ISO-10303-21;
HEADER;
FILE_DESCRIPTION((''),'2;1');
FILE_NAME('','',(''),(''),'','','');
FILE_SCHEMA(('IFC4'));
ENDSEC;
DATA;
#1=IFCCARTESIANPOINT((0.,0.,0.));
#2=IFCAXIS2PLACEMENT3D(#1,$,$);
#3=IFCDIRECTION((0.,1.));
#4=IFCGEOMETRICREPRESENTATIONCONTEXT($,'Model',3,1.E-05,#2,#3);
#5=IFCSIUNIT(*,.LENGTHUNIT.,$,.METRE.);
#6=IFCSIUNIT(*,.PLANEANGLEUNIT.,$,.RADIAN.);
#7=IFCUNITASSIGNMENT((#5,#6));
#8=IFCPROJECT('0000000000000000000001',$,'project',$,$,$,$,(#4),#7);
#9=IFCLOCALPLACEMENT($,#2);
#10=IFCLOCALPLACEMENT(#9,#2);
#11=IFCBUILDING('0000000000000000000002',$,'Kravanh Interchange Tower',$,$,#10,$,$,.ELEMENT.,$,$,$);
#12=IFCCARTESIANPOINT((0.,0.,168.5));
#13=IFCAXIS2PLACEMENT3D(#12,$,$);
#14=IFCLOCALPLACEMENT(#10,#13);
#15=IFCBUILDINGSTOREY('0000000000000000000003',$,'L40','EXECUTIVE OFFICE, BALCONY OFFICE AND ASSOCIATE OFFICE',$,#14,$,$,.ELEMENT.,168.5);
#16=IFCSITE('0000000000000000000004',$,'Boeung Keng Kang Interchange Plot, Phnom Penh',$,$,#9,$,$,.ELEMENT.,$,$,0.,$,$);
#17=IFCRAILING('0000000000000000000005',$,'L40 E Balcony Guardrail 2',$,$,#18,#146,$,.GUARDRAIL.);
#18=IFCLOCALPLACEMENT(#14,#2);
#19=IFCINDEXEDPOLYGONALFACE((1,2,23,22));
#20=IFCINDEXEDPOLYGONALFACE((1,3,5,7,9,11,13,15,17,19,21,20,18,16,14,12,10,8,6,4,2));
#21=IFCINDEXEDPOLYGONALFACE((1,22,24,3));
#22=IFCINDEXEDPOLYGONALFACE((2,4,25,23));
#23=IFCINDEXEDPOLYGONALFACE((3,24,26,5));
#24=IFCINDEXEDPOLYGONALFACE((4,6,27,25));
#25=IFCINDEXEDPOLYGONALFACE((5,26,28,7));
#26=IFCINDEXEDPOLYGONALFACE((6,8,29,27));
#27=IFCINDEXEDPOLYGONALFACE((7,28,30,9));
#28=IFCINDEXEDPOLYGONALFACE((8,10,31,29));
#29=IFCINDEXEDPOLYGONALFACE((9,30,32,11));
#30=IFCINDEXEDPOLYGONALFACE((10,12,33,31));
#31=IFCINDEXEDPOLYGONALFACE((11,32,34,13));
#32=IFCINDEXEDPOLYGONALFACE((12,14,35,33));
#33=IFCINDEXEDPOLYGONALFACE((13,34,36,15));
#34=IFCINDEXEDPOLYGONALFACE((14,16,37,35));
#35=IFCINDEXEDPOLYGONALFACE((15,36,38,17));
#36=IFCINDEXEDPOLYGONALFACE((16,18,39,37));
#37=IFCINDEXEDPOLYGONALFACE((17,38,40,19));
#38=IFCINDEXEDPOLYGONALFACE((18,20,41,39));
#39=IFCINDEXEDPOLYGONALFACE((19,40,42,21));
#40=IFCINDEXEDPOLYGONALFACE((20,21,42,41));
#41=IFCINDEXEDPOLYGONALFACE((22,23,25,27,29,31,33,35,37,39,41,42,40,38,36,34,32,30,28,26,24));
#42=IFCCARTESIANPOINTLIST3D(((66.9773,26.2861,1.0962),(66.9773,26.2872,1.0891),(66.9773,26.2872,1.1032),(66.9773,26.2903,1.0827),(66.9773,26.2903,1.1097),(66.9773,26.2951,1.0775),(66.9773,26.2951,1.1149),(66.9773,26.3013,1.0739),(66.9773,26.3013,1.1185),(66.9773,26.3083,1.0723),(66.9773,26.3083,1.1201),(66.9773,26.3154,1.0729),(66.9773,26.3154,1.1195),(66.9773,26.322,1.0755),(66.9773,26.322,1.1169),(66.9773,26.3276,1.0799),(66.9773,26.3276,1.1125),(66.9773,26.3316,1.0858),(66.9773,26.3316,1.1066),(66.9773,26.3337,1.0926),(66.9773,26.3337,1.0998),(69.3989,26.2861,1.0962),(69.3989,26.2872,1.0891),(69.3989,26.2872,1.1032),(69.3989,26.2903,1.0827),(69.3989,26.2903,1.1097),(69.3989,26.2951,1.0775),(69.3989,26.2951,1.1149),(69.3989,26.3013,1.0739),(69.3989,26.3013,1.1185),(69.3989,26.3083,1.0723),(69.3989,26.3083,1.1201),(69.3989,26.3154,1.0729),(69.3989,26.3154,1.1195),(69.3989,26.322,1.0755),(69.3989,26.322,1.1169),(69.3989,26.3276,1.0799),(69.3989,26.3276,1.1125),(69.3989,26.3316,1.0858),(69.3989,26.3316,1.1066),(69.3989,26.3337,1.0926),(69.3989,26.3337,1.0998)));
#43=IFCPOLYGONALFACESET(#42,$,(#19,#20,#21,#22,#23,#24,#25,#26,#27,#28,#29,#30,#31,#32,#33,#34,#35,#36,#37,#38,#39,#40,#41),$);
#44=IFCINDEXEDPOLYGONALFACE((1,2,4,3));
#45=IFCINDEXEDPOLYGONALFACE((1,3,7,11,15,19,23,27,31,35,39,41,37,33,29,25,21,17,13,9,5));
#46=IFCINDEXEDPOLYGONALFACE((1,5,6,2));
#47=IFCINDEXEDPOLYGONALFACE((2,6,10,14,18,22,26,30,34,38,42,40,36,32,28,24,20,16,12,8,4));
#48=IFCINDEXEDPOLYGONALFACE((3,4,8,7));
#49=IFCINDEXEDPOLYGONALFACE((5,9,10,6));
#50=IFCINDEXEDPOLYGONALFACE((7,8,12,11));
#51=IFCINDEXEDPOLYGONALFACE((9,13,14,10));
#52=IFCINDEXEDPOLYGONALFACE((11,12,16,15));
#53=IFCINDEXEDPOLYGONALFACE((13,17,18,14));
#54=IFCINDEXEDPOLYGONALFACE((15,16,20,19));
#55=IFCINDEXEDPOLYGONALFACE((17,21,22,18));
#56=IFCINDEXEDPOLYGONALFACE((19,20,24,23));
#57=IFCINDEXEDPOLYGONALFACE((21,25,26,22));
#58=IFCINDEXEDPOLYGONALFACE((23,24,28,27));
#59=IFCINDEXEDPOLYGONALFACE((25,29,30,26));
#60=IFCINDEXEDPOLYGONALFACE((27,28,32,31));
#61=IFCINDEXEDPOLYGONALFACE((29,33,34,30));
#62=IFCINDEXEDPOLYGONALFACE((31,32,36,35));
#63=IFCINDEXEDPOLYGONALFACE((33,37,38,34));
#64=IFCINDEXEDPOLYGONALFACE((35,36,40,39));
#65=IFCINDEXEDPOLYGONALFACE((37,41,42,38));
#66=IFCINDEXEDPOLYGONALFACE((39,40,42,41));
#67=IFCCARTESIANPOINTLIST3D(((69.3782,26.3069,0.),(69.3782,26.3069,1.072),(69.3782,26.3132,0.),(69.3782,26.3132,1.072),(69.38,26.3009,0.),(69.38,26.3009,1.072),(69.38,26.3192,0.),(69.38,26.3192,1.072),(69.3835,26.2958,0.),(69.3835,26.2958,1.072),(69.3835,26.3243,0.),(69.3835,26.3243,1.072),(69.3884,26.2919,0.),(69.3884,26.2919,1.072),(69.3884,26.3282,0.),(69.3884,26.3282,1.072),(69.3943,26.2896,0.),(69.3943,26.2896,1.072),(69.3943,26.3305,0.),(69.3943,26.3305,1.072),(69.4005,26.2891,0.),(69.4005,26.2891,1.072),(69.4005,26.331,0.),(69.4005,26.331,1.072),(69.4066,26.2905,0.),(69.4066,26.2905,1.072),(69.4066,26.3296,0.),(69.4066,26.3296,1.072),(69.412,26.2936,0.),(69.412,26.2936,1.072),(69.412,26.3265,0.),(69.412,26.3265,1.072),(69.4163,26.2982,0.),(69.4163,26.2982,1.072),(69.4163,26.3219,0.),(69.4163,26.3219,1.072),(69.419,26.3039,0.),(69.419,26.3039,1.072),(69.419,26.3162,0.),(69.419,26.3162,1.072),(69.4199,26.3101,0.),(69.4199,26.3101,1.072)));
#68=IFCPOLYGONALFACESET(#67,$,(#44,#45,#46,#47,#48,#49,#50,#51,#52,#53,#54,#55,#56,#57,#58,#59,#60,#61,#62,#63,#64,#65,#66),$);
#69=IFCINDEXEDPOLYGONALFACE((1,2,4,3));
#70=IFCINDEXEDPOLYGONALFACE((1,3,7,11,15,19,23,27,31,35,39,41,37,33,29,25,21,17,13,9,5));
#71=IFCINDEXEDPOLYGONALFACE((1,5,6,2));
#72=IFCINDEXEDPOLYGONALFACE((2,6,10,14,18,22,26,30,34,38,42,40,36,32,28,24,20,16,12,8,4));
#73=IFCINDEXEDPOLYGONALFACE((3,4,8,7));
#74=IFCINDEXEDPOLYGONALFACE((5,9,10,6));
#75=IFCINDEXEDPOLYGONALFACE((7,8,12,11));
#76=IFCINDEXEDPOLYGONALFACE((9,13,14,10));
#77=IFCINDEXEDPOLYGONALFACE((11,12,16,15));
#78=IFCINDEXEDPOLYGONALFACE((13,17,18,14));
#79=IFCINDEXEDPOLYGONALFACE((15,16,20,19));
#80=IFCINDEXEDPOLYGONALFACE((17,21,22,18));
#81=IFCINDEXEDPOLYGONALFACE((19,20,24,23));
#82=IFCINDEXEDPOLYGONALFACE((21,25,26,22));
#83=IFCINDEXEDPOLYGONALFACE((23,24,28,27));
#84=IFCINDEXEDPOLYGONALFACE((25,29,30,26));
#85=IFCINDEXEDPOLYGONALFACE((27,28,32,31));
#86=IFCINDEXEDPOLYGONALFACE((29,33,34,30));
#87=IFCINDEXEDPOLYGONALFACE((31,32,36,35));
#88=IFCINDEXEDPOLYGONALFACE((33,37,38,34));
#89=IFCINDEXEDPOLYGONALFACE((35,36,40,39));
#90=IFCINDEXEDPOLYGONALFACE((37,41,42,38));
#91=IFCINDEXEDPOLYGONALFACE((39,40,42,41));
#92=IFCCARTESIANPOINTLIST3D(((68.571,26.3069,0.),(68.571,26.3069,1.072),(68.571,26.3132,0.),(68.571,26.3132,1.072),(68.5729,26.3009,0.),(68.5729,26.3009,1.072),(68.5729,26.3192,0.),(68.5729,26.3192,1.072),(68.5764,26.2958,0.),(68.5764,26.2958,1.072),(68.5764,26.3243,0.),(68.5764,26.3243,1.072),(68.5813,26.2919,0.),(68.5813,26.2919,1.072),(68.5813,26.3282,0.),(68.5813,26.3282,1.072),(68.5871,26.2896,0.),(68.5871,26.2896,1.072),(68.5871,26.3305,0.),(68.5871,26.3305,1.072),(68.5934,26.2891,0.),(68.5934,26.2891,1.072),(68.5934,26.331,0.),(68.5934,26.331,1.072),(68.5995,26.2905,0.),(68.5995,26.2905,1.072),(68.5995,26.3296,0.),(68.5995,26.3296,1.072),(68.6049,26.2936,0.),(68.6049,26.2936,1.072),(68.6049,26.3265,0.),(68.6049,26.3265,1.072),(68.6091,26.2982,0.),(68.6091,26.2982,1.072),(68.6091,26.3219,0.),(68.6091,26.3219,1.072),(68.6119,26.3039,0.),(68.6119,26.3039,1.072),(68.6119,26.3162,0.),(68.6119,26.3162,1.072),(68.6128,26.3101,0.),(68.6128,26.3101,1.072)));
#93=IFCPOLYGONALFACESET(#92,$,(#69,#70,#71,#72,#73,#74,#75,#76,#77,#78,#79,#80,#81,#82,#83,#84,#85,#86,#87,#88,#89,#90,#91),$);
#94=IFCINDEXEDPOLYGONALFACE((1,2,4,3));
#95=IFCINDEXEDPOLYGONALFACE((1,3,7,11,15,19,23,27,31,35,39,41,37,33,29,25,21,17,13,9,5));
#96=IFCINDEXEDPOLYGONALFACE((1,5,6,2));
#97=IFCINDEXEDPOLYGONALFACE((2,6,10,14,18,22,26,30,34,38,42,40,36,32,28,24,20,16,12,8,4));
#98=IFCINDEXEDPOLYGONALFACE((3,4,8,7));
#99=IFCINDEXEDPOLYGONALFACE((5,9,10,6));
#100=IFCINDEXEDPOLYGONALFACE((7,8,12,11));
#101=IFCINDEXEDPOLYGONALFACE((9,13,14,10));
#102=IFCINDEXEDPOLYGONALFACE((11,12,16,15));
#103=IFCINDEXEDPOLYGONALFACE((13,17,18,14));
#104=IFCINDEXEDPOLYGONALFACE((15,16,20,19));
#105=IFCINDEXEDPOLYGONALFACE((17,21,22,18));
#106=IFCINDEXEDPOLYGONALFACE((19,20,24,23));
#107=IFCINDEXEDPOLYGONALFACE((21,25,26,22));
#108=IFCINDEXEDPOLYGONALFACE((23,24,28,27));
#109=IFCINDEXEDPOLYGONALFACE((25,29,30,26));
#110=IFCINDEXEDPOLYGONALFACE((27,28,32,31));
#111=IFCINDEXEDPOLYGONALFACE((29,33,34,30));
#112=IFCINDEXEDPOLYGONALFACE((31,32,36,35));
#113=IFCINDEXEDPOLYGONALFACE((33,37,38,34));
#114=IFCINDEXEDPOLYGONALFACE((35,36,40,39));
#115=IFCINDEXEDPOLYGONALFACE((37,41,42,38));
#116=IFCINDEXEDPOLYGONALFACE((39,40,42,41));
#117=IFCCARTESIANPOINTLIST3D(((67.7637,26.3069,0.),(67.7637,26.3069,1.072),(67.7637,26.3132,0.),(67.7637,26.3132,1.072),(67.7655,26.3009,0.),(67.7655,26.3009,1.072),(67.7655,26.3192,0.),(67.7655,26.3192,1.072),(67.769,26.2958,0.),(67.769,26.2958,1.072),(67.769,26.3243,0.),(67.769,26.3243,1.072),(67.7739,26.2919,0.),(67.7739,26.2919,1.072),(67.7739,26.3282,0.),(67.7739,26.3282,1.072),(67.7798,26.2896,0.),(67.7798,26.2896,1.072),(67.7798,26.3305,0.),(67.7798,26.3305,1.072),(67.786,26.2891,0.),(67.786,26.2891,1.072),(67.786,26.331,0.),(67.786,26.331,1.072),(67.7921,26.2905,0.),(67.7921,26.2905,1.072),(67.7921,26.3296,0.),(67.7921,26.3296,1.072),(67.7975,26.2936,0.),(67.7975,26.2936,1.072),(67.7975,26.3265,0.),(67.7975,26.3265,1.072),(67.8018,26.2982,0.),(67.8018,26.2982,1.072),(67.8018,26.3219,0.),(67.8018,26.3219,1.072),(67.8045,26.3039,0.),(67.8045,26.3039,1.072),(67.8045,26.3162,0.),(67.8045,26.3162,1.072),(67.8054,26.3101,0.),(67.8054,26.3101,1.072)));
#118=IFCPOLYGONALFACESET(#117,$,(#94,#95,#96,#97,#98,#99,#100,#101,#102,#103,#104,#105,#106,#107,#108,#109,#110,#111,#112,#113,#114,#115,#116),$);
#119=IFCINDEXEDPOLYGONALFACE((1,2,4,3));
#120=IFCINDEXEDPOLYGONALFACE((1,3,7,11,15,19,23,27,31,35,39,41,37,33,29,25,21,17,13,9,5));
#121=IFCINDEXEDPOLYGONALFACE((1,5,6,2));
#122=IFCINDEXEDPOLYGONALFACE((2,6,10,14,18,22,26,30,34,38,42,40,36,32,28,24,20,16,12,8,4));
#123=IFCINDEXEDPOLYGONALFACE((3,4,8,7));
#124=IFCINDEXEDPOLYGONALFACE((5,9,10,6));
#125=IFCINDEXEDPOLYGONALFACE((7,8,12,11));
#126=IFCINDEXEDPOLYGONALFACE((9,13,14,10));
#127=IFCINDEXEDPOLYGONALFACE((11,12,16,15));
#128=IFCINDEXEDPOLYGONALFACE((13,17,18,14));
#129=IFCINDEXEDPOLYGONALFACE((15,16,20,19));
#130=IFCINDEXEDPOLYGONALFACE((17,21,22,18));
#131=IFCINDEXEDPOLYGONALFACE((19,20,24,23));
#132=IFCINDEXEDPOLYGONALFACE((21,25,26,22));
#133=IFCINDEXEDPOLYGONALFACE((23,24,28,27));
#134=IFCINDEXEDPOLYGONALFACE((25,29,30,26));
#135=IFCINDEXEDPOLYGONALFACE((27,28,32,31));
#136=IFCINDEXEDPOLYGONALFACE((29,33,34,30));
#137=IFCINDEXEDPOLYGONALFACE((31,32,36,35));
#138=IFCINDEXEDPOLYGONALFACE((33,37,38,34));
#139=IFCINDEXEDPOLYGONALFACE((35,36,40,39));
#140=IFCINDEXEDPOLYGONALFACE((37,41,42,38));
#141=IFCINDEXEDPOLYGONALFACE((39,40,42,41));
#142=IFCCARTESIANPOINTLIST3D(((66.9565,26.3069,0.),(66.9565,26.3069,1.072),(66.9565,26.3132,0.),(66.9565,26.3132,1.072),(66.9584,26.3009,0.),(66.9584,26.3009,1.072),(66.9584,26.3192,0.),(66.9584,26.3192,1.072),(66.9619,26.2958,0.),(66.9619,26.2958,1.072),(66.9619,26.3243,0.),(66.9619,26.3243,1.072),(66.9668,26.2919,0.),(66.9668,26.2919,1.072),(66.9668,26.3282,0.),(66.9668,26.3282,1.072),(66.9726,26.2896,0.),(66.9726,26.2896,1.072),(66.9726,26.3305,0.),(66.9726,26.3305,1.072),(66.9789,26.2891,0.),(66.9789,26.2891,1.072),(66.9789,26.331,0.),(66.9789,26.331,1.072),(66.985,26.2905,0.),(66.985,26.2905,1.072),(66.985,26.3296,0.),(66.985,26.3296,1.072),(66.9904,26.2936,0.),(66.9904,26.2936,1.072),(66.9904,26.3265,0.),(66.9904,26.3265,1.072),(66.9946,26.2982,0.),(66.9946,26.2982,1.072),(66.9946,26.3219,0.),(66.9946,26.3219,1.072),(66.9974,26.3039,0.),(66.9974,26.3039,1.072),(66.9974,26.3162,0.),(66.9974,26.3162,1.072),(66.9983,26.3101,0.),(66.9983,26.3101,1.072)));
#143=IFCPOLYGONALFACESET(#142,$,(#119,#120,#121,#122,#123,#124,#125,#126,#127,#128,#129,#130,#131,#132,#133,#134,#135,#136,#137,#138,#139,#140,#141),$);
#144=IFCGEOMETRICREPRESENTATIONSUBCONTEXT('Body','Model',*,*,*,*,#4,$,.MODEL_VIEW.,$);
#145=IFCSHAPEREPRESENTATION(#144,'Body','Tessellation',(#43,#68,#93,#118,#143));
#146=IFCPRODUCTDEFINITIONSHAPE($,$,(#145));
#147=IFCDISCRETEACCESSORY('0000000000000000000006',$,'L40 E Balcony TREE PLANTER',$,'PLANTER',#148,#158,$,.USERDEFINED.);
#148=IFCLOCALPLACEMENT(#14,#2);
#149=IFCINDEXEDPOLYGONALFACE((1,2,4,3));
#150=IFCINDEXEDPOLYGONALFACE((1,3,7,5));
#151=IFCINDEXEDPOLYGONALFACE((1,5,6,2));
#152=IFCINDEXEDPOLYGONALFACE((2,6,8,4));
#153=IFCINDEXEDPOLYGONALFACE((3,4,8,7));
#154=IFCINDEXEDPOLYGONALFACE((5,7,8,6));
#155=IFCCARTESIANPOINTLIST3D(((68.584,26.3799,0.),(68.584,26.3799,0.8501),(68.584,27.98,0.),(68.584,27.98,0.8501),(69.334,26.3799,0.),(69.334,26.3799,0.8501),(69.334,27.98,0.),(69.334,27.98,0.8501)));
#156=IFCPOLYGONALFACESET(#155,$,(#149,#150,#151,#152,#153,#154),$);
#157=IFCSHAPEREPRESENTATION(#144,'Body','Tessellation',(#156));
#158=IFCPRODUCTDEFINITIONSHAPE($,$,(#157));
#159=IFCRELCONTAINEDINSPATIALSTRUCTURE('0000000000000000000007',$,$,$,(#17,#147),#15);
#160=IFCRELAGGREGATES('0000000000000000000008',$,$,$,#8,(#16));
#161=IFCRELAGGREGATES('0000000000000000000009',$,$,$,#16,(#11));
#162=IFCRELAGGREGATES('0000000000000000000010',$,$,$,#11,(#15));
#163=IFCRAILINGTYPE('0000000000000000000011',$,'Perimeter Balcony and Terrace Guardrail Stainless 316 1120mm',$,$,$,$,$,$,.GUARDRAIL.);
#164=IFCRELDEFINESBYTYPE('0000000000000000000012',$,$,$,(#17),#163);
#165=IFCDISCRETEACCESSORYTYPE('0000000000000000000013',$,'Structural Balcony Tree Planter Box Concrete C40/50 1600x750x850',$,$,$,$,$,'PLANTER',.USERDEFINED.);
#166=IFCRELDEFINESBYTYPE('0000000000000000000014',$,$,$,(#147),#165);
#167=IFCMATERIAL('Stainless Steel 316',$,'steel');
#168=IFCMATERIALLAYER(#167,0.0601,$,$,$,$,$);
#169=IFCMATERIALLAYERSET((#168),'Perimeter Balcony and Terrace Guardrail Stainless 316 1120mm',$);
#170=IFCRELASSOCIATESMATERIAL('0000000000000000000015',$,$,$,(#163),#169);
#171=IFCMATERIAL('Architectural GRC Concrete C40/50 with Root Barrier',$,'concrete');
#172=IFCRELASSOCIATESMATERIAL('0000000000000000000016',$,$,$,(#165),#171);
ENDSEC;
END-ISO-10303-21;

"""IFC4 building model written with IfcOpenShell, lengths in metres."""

from ifc_helpers import new_model, si_unit, direction, frame, origin, origin_2d, place, context, subcontext, project, spatial, rectangle, circle, extrude, material, layer, layer_set, type_object, element, save


model = new_model("IFC4")

# Units and contexts
model_context = context("Model", 3, precision=1e-05, world=origin(), true_north=direction((0.0, 1.0)))
body_context = subcontext(model_context, "Body", "Model", "MODEL_VIEW")
ifc_project = project(units=[si_unit("LENGTHUNIT", "METRE"), si_unit("PLANEANGLEUNIT", "RADIAN")], contexts=[model_context])

# Site, building, storey
site_placement = place(None, origin())
site = spatial("IfcSite", under=ifc_project, at=site_placement, Name="Boeung Keng Kang Interchange Plot, Phnom Penh", CompositionType="ELEMENT", RefElevation=0.0)
building_placement = place(site_placement, origin())
building = spatial("IfcBuilding", under=site, at=building_placement, Name="Kravanh Interchange Tower", CompositionType="ELEMENT")
storey_placement = place(building_placement, frame((0.0, 0.0, 168.5)))
storey = spatial("IfcBuildingStorey", under=building, at=storey_placement, Name="L40", Description="EXECUTIVE OFFICE, BALCONY OFFICE AND ASSOCIATE OFFICE", CompositionType="ELEMENT", Elevation=168.5)

# Railing
ifc_material_1 = material(Name="Stainless Steel 316", Category="steel")
ifc_layer_1 = layer(ifc_material_1, 0.0601)
ifc_layer_set_1 = layer_set([ifc_layer_1], Name="Perimeter Balcony and Terrace Guardrail Stainless 316 1120mm")
railing_type = type_object("IfcRailingType", Name="Perimeter Balcony and Terrace Guardrail Stainless 316 1120mm", PredefinedType="GUARDRAIL", material=ifc_layer_set_1)
railing_placement = place(storey_placement, frame((69.3989, 26.3101, 0.0)))
element("IfcRailing", 1, at=railing_placement, inside=storey, type_object=railing_type, Name="L40 E Balcony Guardrail 2", PredefinedType="GUARDRAIL", context=body_context, shape_type="SweptSolid", body=[
    extrude(circle(Radius=0.0239, at=origin_2d()), frame((0.0, 0.0, 1.0962), z_axis=(-1.0, 0.0, 0.0), x_axis=(0.0, -1.0, 0.0)), (0.0, 0.0, 1.0), 2.4216),
    extrude(circle(Radius=0.021, at=origin_2d()), origin(), (0.0, 0.0, 1.0), 1.072),
    extrude(circle(Radius=0.021, at=origin_2d()), frame((-0.8071, 0.0, 0.0)), (0.0, 0.0, 1.0), 1.072),
    extrude(circle(Radius=0.021, at=origin_2d()), frame((-1.6145, 0.0, 0.0)), (0.0, 0.0, 1.0), 1.072),
    extrude(circle(Radius=0.021, at=origin_2d()), frame((-2.4216, 0.0, 0.0)), (0.0, 0.0, 1.0), 1.072),
])

# Discrete accessory
ifc_material_2 = material(Name="Architectural GRC Concrete C40/50 with Root Barrier", Category="concrete")
discrete_accessory_type = type_object("IfcDiscreteAccessoryType", Name="Structural Balcony Tree Planter Box Concrete C40/50 1600x750x850", ElementType="PLANTER", PredefinedType="USERDEFINED", material=ifc_material_2)
discrete_accessory_placement = place(storey_placement, frame((68.959, 27.1799, 0.0), z_axis=(0.0, 0.0, 1.0), x_axis=(1.0, 0.0, 0.0)))
element("IfcDiscreteAccessory", 2, at=discrete_accessory_placement, inside=storey, type_object=discrete_accessory_type, Name="L40 E Balcony TREE PLANTER", ObjectType="PLANTER", PredefinedType="USERDEFINED", context=body_context, shape_type="SweptSolid", body=[
    extrude(rectangle(XDim=0.75, YDim=1.6001, at=origin_2d()), origin(), (0.0, 0.0, 1.0), 0.8501),
])

save(model, "model.ifc")
